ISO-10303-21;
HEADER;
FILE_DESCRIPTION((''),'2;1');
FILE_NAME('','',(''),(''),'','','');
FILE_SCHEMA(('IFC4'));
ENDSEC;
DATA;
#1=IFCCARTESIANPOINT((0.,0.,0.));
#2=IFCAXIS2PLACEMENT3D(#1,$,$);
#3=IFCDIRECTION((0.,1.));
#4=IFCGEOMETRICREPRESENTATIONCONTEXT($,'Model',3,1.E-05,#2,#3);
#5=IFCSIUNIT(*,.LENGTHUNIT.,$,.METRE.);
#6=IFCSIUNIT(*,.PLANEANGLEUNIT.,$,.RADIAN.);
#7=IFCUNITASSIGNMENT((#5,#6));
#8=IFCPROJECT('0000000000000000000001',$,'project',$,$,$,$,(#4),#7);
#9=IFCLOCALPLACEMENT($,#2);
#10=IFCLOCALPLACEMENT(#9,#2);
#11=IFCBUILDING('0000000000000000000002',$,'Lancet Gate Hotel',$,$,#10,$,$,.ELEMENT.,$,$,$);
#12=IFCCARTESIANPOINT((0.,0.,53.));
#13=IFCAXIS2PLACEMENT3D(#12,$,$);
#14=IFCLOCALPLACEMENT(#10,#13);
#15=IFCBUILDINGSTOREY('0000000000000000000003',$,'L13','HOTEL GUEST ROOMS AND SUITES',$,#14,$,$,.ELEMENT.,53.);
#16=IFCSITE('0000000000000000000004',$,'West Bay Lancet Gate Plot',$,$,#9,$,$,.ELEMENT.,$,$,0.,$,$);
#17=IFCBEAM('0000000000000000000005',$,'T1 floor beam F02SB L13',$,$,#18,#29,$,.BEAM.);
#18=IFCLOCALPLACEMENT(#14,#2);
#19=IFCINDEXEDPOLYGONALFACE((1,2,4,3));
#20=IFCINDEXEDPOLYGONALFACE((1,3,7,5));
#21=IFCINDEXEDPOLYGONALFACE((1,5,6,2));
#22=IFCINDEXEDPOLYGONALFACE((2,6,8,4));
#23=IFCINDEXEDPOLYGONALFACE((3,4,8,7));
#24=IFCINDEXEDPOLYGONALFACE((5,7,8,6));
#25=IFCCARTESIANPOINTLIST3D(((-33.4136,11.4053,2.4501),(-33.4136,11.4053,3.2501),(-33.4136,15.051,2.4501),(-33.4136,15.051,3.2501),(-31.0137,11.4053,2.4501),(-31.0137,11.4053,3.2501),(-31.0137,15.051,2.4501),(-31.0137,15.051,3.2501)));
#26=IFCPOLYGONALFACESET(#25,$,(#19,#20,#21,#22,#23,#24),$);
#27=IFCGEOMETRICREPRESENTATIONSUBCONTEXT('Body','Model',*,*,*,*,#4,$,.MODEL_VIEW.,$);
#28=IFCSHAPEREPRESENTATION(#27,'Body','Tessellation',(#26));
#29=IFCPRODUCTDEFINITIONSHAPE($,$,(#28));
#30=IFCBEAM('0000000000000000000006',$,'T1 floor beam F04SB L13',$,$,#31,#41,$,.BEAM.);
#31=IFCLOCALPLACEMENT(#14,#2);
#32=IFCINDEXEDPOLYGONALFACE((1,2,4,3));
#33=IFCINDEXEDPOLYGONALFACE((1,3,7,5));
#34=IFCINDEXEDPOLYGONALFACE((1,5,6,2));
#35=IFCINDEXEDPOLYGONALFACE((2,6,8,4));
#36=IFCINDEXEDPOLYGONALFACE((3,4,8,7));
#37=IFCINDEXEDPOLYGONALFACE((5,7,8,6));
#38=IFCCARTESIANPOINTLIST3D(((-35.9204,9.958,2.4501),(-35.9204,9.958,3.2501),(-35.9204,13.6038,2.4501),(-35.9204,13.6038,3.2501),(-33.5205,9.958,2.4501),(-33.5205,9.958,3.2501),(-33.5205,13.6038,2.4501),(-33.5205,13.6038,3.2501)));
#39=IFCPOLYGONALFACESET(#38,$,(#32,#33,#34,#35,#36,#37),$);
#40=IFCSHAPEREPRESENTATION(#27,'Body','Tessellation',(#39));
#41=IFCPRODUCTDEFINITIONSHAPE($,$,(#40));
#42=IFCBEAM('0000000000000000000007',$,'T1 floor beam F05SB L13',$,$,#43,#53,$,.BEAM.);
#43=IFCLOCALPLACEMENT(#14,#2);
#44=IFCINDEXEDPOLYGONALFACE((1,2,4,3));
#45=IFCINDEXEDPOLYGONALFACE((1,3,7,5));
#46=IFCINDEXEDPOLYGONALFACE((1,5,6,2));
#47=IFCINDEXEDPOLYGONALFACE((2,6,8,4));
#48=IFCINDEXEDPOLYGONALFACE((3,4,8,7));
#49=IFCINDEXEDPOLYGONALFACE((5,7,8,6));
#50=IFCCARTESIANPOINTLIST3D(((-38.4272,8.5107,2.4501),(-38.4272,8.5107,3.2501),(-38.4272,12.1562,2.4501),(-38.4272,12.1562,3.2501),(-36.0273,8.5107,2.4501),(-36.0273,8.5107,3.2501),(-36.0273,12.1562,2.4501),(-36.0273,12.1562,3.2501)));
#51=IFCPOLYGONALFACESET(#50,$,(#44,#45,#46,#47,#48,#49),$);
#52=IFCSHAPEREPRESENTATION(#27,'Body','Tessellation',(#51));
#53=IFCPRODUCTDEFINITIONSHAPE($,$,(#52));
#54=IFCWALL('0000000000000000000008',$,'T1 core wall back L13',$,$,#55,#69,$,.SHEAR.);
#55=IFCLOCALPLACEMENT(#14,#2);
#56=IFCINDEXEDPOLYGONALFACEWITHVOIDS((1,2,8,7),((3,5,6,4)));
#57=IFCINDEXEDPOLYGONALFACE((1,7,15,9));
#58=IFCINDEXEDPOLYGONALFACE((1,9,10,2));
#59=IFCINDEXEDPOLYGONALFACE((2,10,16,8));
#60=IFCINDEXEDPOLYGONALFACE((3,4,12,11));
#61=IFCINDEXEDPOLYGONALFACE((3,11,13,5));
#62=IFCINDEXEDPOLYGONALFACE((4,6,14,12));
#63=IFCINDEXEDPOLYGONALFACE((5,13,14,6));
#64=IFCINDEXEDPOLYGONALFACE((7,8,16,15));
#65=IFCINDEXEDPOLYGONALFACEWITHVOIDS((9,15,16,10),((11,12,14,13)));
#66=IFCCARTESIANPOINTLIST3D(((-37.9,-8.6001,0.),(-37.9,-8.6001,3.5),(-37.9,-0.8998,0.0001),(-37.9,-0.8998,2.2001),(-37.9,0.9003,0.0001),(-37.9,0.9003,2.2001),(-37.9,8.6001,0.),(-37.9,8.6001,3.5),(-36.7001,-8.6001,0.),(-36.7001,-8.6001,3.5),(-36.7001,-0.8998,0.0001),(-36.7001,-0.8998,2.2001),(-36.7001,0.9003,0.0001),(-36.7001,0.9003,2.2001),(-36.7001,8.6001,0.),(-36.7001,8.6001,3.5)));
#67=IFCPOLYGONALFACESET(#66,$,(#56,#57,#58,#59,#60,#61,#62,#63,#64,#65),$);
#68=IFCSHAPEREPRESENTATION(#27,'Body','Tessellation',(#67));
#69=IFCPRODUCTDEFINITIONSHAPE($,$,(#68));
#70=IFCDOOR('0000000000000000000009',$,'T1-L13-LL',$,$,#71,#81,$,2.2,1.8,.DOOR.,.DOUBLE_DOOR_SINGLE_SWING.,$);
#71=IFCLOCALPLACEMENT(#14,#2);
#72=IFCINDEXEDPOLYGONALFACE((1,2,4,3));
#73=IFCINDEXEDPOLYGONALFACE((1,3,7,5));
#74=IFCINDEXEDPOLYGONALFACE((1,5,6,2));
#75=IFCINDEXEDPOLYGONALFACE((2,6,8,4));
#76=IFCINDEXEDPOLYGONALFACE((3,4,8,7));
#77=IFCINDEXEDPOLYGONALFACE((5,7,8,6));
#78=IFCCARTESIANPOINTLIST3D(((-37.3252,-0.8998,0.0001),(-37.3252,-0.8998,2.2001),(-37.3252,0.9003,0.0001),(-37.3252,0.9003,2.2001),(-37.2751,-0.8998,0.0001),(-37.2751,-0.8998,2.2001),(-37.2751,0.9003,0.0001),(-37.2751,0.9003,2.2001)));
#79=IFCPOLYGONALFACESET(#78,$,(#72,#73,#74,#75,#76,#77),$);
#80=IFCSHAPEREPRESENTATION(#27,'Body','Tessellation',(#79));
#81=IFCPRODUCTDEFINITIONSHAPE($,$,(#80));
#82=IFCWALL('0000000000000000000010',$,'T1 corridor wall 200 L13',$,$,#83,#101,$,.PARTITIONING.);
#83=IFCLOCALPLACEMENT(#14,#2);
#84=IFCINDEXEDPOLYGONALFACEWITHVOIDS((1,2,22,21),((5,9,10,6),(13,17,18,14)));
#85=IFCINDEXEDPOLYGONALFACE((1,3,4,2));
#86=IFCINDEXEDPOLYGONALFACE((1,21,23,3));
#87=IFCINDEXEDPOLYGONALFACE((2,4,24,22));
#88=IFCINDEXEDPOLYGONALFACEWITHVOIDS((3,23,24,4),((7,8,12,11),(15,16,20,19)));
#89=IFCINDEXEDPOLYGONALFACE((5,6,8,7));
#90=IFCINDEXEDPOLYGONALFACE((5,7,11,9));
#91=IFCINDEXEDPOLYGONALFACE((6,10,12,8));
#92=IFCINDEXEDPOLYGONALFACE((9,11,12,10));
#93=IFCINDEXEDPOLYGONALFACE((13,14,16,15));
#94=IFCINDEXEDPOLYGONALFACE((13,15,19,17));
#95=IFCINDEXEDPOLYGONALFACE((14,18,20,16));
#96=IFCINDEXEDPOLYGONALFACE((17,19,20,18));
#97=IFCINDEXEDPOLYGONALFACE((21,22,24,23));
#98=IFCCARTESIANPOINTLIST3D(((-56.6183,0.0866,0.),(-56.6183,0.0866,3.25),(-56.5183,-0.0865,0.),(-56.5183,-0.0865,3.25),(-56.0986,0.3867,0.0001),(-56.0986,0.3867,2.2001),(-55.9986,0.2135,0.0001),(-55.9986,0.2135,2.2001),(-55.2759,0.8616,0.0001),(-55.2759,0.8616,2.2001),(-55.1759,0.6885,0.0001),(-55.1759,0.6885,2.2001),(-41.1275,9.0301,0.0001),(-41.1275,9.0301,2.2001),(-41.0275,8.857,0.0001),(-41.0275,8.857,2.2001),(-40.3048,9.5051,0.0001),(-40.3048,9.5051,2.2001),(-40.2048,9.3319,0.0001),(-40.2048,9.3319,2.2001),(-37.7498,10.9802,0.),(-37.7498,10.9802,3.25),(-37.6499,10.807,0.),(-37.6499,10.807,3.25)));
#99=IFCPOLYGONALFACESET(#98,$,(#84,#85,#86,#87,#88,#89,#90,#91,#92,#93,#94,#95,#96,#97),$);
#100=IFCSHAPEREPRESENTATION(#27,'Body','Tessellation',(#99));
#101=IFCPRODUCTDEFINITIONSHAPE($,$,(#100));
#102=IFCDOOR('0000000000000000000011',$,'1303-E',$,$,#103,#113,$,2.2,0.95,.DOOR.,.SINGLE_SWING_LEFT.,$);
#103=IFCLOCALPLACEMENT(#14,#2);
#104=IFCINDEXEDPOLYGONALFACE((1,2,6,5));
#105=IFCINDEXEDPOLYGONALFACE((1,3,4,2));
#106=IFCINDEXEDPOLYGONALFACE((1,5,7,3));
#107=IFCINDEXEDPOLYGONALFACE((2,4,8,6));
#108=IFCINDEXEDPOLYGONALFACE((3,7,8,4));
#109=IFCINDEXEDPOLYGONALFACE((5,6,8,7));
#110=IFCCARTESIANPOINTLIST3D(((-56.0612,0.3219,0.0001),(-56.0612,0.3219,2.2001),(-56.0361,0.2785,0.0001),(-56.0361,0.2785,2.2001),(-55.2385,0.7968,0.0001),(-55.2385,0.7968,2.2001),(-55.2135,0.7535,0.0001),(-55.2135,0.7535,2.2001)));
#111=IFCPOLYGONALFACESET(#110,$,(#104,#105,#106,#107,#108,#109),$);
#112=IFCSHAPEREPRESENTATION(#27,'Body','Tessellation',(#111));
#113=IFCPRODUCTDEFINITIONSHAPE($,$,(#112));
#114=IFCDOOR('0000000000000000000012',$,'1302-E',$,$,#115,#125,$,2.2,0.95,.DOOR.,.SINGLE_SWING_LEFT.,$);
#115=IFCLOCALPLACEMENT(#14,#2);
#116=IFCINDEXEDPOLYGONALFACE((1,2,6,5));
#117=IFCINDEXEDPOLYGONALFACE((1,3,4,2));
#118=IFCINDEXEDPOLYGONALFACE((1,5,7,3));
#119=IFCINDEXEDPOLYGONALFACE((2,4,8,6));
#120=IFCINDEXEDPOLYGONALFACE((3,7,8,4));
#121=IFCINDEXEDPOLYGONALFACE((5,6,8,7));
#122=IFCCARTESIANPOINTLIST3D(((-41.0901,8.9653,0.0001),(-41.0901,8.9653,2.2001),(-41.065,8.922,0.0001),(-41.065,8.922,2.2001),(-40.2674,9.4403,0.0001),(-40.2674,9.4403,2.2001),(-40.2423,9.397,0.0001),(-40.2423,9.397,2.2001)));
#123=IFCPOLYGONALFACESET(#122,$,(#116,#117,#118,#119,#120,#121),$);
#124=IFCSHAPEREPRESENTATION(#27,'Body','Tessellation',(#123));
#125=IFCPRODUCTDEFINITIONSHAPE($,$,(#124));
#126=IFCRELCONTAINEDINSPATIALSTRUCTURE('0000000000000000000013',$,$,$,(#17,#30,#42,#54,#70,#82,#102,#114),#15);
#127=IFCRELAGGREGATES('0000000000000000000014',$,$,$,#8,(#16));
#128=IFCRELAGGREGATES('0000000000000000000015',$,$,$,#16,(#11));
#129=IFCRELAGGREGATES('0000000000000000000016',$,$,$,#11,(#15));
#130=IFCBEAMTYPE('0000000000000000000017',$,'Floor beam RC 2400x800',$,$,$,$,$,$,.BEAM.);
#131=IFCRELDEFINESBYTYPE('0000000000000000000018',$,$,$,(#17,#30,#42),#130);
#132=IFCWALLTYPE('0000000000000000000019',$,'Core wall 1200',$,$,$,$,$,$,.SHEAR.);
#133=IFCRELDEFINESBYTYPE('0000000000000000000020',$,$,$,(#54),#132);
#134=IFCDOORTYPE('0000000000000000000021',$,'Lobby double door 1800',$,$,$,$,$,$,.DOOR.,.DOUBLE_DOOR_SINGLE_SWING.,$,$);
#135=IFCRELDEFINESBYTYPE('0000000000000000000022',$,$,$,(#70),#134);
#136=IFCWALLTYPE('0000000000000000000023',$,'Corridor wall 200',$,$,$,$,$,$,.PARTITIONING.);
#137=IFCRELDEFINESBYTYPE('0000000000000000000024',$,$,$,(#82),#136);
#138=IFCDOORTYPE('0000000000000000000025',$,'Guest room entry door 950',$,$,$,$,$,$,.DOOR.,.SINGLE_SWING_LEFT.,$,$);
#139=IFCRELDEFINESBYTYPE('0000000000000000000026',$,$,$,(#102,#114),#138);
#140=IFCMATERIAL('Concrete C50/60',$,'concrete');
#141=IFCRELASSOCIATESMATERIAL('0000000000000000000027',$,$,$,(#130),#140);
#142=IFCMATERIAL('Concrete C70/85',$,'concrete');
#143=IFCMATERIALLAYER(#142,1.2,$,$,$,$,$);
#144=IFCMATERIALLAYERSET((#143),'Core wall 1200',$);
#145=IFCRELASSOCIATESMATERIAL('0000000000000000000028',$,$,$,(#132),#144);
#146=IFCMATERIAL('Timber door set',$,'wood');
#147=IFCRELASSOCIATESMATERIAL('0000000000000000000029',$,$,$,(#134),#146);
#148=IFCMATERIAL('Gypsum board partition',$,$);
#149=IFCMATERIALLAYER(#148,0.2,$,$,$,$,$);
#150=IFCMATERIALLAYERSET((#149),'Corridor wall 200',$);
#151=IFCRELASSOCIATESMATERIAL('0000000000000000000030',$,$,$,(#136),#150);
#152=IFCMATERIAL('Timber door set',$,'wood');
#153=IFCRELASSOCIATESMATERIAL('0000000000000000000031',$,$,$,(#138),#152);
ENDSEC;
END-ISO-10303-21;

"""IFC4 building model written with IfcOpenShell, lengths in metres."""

from ifc_helpers import new_model, si_unit, direction, frame, frame_2d, origin, origin_2d, place, context, subcontext, project, spatial, rectangle, extrude, material, layer, layer_set, material_profile, profile_set, type_object, element, fill, save


model = new_model("IFC4")

# Units and contexts
model_context = context("Model", 3, precision=1e-05, world=origin(), true_north=direction((0.0, 1.0)))
body_context = subcontext(model_context, "Body", "Model", "MODEL_VIEW")
ifc_project = project(units=[si_unit("LENGTHUNIT", "METRE"), si_unit("PLANEANGLEUNIT", "RADIAN")], contexts=[model_context])

# Site, building, storey
site_placement = place(None, origin())
site = spatial("IfcSite", under=ifc_project, at=site_placement, Name="West Bay Lancet Gate Plot", CompositionType="ELEMENT", RefElevation=0.0)
building_placement = place(site_placement, origin())
building = spatial("IfcBuilding", under=site, at=building_placement, Name="Lancet Gate Hotel", CompositionType="ELEMENT")
storey_placement = place(building_placement, frame((0.0, 0.0, 53.0)))
storey = spatial("IfcBuildingStorey", under=building, at=storey_placement, Name="L13", Description="HOTEL GUEST ROOMS AND SUITES", CompositionType="ELEMENT", Elevation=53.0)

# Beams
ifc_material_1 = material(Name="Concrete C50/60", Category="concrete")
ifc_material_profile = material_profile(ifc_material_1, rectangle(XDim=2.3999, YDim=0.8, at=origin_2d()), Name="RC 2400x800")
ifc_profile_set = profile_set([ifc_material_profile], Name="Concrete C50/60")
beam_type = type_object("IfcBeamType", Name="Floor beam RC 2400x800", PredefinedType="BEAM", material=ifc_profile_set)
for number, where, z_axis, x_axis, name in (
    (1, (-32.2136, 15.051, 2.8501), (0.0, -1.0, 0.0), (1.0, 0.0, 0.0), "T1 floor beam F02SB L13"),
    (2, (-34.7205, 13.6038, 2.8501), (0.0, -1.0, 0.0), (1.0, 0.0, 0.0), "T1 floor beam F04SB L13"),
):
    element("IfcBeam", number, at=place(storey_placement, frame(where, z_axis=z_axis, x_axis=x_axis)), inside=storey, type_object=beam_type, Name=name, PredefinedType="BEAM", context=body_context, shape_type="SweptSolid", body=[
        extrude(rectangle(XDim=2.3999, YDim=0.8, at=origin_2d()), origin(), (0.0, 0.0, 1.0), 3.6458),
    ])
beam_placement = place(storey_placement, frame((-37.2273, 12.1562, 2.8501), z_axis=(0.0, -1.0, 0.0), x_axis=(1.0, 0.0, 0.0)))
element("IfcBeam", 3, at=beam_placement, inside=storey, type_object=beam_type, Name="T1 floor beam F05SB L13", PredefinedType="BEAM", context=body_context, shape_type="SweptSolid", body=[
    extrude(rectangle(XDim=2.3999, YDim=0.8, at=origin_2d()), origin(), (0.0, 0.0, 1.0), 3.6455),
])

# Wall, opening, door
ifc_material_2 = material(Name="Concrete C70/85", Category="concrete")
ifc_layer_1 = layer(ifc_material_2, 1.2)
ifc_layer_set_1 = layer_set([ifc_layer_1], Name="Core wall 1200")
wall_type_1 = type_object("IfcWallType", Name="Core wall 1200", PredefinedType="SHEAR", material=ifc_layer_set_1)
wall_1_placement = place(storey_placement, frame((-37.3, 8.6001, 0.0), z_axis=(0.0, 0.0, 1.0), x_axis=(0.0, -1.0, 0.0)))
wall_1 = element("IfcWall", 4, at=wall_1_placement, inside=storey, type_object=wall_type_1, Name="T1 core wall back L13", PredefinedType="SHEAR", context=body_context, shape_type="SweptSolid", body=[
    extrude(rectangle(XDim=17.2002, YDim=1.2, at=frame_2d((8.6001, 0.0))), origin(), (0.0, 0.0, 1.0), 3.5),
])
opening_1_placement = place(wall_1_placement, frame((7.7, 0.0, 0.0)))
opening_1 = element("IfcOpeningElement", 5, at=opening_1_placement, cuts=wall_1, PredefinedType="OPENING", context=body_context, shape_type="SweptSolid", body=[
    extrude(rectangle(XDim=1.8, YDim=2.2, at=frame_2d((0.8999, 1.1001))), frame((0.0, 0.6099, 0.0), z_axis=(0.0, -1.0, 0.0), x_axis=(1.0, 0.0, 0.0)), (0.0, 0.0, 1.0), 1.22),
])
ifc_material_3 = material(Name="Timber door set", Category="wood")
door_type_1 = type_object("IfcDoorType", Name="Lobby double door 1800", OperationType="DOUBLE_DOOR_SINGLE_SWING", PredefinedType="DOOR", material=ifc_material_3)
door_1_placement = place(opening_1_placement, origin())
door_1 = element("IfcDoor", 6, at=door_1_placement, inside=storey, type_object=door_type_1, Name="T1-L13-LL", OperationType="DOUBLE_DOOR_SINGLE_SWING", OverallHeight=2.2, OverallWidth=1.8, PredefinedType="DOOR", context=body_context, shape_type="SweptSolid", body=[
    extrude(rectangle(XDim=1.8, YDim=2.2, at=frame_2d((0.8999, 1.1001))), frame((0.0, 0.0249, 0.0), z_axis=(0.0, -1.0, 0.0), x_axis=(1.0, 0.0, 0.0)), (0.0, 0.0, 1.0), 0.05),
])
fill(opening_1, door_1)

# Wall, openings, doors
ifc_material_4 = material(Name="Gypsum board partition")
ifc_layer_2 = layer(ifc_material_4, 0.2)
ifc_layer_set_2 = layer_set([ifc_layer_2], Name="Corridor wall 200")
wall_type_2 = type_object("IfcWallType", Name="Corridor wall 200", PredefinedType="PARTITIONING", material=ifc_layer_set_2)
wall_2_placement = place(storey_placement, frame((-37.7, 10.8936, 0.0), z_axis=(0.0, 0.0, 1.0), x_axis=(-0.866028, -0.499996, 0.0)))
wall_2 = element("IfcWall", 7, at=wall_2_placement, inside=storey, type_object=wall_type_2, Name="T1 corridor wall 200 L13", PredefinedType="PARTITIONING", context=body_context, shape_type="SweptSolid", body=[
    extrude(rectangle(XDim=21.7874, YDim=0.2, at=frame_2d((10.8936, 0.0))), origin(), (0.0, 0.0, 1.0), 3.25),
])
opening_2_placement = place(wall_2_placement, frame((20.2371, 0.0, 0.0)))
opening_2 = element("IfcOpeningElement", 8, at=opening_2_placement, cuts=wall_2, PredefinedType="OPENING", context=body_context, shape_type="SweptSolid", body=[
    extrude(rectangle(XDim=0.95, YDim=2.2, at=frame_2d((0.4751, 1.1001))), frame((0.0, 0.1099, 0.0), z_axis=(0.0, -1.0, 0.0), x_axis=(1.0, 0.0, 0.0)), (0.0, 0.0, 1.0), 0.22),
])
opening_3_placement = place(wall_2_placement, frame((2.95, 0.0, 0.0)))
opening_3 = element("IfcOpeningElement", 9, at=opening_3_placement, cuts=wall_2, PredefinedType="OPENING", context=body_context, shape_type="SweptSolid", body=[
    extrude(rectangle(XDim=0.95, YDim=2.2, at=frame_2d((0.4751, 1.1001))), frame((0.0, 0.1099, 0.0), z_axis=(0.0, -1.0, 0.0), x_axis=(1.0, 0.0, 0.0)), (0.0, 0.0, 1.0), 0.22),
])
ifc_material_5 = material(Name="Timber door set", Category="wood")
door_type_2 = type_object("IfcDoorType", Name="Guest room entry door 950", OperationType="SINGLE_SWING_LEFT", PredefinedType="DOOR", material=ifc_material_5)
door_2_placement = place(opening_2_placement, origin())
door_2 = element("IfcDoor", 10, at=door_2_placement, inside=storey, type_object=door_type_2, Name="1303-E", OperationType="SINGLE_SWING_LEFT", OverallHeight=2.2, OverallWidth=0.95, PredefinedType="DOOR", context=body_context, shape_type="SweptSolid", body=[
    extrude(rectangle(XDim=0.95, YDim=2.2, at=frame_2d((0.4751, 1.1001))), frame((0.0, 0.0249, 0.0), z_axis=(0.0, -1.0, 0.0), x_axis=(1.0, 0.0, 0.0)), (0.0, 0.0, 1.0), 0.05),
])
fill(opening_2, door_2)
door_3_placement = place(opening_3_placement, origin())
door_3 = element("IfcDoor", 11, at=door_3_placement, inside=storey, type_object=door_type_2, Name="1302-E", OperationType="SINGLE_SWING_LEFT", OverallHeight=2.2, OverallWidth=0.95, PredefinedType="DOOR", context=body_context, shape_type="SweptSolid", body=[
    extrude(rectangle(XDim=0.95, YDim=2.2, at=frame_2d((0.4751, 1.1001))), frame((0.0, 0.0249, 0.0), z_axis=(0.0, -1.0, 0.0), x_axis=(1.0, 0.0, 0.0)), (0.0, 0.0, 1.0), 0.05),
])
fill(opening_3, door_3)

save(model, "model.ifc")
